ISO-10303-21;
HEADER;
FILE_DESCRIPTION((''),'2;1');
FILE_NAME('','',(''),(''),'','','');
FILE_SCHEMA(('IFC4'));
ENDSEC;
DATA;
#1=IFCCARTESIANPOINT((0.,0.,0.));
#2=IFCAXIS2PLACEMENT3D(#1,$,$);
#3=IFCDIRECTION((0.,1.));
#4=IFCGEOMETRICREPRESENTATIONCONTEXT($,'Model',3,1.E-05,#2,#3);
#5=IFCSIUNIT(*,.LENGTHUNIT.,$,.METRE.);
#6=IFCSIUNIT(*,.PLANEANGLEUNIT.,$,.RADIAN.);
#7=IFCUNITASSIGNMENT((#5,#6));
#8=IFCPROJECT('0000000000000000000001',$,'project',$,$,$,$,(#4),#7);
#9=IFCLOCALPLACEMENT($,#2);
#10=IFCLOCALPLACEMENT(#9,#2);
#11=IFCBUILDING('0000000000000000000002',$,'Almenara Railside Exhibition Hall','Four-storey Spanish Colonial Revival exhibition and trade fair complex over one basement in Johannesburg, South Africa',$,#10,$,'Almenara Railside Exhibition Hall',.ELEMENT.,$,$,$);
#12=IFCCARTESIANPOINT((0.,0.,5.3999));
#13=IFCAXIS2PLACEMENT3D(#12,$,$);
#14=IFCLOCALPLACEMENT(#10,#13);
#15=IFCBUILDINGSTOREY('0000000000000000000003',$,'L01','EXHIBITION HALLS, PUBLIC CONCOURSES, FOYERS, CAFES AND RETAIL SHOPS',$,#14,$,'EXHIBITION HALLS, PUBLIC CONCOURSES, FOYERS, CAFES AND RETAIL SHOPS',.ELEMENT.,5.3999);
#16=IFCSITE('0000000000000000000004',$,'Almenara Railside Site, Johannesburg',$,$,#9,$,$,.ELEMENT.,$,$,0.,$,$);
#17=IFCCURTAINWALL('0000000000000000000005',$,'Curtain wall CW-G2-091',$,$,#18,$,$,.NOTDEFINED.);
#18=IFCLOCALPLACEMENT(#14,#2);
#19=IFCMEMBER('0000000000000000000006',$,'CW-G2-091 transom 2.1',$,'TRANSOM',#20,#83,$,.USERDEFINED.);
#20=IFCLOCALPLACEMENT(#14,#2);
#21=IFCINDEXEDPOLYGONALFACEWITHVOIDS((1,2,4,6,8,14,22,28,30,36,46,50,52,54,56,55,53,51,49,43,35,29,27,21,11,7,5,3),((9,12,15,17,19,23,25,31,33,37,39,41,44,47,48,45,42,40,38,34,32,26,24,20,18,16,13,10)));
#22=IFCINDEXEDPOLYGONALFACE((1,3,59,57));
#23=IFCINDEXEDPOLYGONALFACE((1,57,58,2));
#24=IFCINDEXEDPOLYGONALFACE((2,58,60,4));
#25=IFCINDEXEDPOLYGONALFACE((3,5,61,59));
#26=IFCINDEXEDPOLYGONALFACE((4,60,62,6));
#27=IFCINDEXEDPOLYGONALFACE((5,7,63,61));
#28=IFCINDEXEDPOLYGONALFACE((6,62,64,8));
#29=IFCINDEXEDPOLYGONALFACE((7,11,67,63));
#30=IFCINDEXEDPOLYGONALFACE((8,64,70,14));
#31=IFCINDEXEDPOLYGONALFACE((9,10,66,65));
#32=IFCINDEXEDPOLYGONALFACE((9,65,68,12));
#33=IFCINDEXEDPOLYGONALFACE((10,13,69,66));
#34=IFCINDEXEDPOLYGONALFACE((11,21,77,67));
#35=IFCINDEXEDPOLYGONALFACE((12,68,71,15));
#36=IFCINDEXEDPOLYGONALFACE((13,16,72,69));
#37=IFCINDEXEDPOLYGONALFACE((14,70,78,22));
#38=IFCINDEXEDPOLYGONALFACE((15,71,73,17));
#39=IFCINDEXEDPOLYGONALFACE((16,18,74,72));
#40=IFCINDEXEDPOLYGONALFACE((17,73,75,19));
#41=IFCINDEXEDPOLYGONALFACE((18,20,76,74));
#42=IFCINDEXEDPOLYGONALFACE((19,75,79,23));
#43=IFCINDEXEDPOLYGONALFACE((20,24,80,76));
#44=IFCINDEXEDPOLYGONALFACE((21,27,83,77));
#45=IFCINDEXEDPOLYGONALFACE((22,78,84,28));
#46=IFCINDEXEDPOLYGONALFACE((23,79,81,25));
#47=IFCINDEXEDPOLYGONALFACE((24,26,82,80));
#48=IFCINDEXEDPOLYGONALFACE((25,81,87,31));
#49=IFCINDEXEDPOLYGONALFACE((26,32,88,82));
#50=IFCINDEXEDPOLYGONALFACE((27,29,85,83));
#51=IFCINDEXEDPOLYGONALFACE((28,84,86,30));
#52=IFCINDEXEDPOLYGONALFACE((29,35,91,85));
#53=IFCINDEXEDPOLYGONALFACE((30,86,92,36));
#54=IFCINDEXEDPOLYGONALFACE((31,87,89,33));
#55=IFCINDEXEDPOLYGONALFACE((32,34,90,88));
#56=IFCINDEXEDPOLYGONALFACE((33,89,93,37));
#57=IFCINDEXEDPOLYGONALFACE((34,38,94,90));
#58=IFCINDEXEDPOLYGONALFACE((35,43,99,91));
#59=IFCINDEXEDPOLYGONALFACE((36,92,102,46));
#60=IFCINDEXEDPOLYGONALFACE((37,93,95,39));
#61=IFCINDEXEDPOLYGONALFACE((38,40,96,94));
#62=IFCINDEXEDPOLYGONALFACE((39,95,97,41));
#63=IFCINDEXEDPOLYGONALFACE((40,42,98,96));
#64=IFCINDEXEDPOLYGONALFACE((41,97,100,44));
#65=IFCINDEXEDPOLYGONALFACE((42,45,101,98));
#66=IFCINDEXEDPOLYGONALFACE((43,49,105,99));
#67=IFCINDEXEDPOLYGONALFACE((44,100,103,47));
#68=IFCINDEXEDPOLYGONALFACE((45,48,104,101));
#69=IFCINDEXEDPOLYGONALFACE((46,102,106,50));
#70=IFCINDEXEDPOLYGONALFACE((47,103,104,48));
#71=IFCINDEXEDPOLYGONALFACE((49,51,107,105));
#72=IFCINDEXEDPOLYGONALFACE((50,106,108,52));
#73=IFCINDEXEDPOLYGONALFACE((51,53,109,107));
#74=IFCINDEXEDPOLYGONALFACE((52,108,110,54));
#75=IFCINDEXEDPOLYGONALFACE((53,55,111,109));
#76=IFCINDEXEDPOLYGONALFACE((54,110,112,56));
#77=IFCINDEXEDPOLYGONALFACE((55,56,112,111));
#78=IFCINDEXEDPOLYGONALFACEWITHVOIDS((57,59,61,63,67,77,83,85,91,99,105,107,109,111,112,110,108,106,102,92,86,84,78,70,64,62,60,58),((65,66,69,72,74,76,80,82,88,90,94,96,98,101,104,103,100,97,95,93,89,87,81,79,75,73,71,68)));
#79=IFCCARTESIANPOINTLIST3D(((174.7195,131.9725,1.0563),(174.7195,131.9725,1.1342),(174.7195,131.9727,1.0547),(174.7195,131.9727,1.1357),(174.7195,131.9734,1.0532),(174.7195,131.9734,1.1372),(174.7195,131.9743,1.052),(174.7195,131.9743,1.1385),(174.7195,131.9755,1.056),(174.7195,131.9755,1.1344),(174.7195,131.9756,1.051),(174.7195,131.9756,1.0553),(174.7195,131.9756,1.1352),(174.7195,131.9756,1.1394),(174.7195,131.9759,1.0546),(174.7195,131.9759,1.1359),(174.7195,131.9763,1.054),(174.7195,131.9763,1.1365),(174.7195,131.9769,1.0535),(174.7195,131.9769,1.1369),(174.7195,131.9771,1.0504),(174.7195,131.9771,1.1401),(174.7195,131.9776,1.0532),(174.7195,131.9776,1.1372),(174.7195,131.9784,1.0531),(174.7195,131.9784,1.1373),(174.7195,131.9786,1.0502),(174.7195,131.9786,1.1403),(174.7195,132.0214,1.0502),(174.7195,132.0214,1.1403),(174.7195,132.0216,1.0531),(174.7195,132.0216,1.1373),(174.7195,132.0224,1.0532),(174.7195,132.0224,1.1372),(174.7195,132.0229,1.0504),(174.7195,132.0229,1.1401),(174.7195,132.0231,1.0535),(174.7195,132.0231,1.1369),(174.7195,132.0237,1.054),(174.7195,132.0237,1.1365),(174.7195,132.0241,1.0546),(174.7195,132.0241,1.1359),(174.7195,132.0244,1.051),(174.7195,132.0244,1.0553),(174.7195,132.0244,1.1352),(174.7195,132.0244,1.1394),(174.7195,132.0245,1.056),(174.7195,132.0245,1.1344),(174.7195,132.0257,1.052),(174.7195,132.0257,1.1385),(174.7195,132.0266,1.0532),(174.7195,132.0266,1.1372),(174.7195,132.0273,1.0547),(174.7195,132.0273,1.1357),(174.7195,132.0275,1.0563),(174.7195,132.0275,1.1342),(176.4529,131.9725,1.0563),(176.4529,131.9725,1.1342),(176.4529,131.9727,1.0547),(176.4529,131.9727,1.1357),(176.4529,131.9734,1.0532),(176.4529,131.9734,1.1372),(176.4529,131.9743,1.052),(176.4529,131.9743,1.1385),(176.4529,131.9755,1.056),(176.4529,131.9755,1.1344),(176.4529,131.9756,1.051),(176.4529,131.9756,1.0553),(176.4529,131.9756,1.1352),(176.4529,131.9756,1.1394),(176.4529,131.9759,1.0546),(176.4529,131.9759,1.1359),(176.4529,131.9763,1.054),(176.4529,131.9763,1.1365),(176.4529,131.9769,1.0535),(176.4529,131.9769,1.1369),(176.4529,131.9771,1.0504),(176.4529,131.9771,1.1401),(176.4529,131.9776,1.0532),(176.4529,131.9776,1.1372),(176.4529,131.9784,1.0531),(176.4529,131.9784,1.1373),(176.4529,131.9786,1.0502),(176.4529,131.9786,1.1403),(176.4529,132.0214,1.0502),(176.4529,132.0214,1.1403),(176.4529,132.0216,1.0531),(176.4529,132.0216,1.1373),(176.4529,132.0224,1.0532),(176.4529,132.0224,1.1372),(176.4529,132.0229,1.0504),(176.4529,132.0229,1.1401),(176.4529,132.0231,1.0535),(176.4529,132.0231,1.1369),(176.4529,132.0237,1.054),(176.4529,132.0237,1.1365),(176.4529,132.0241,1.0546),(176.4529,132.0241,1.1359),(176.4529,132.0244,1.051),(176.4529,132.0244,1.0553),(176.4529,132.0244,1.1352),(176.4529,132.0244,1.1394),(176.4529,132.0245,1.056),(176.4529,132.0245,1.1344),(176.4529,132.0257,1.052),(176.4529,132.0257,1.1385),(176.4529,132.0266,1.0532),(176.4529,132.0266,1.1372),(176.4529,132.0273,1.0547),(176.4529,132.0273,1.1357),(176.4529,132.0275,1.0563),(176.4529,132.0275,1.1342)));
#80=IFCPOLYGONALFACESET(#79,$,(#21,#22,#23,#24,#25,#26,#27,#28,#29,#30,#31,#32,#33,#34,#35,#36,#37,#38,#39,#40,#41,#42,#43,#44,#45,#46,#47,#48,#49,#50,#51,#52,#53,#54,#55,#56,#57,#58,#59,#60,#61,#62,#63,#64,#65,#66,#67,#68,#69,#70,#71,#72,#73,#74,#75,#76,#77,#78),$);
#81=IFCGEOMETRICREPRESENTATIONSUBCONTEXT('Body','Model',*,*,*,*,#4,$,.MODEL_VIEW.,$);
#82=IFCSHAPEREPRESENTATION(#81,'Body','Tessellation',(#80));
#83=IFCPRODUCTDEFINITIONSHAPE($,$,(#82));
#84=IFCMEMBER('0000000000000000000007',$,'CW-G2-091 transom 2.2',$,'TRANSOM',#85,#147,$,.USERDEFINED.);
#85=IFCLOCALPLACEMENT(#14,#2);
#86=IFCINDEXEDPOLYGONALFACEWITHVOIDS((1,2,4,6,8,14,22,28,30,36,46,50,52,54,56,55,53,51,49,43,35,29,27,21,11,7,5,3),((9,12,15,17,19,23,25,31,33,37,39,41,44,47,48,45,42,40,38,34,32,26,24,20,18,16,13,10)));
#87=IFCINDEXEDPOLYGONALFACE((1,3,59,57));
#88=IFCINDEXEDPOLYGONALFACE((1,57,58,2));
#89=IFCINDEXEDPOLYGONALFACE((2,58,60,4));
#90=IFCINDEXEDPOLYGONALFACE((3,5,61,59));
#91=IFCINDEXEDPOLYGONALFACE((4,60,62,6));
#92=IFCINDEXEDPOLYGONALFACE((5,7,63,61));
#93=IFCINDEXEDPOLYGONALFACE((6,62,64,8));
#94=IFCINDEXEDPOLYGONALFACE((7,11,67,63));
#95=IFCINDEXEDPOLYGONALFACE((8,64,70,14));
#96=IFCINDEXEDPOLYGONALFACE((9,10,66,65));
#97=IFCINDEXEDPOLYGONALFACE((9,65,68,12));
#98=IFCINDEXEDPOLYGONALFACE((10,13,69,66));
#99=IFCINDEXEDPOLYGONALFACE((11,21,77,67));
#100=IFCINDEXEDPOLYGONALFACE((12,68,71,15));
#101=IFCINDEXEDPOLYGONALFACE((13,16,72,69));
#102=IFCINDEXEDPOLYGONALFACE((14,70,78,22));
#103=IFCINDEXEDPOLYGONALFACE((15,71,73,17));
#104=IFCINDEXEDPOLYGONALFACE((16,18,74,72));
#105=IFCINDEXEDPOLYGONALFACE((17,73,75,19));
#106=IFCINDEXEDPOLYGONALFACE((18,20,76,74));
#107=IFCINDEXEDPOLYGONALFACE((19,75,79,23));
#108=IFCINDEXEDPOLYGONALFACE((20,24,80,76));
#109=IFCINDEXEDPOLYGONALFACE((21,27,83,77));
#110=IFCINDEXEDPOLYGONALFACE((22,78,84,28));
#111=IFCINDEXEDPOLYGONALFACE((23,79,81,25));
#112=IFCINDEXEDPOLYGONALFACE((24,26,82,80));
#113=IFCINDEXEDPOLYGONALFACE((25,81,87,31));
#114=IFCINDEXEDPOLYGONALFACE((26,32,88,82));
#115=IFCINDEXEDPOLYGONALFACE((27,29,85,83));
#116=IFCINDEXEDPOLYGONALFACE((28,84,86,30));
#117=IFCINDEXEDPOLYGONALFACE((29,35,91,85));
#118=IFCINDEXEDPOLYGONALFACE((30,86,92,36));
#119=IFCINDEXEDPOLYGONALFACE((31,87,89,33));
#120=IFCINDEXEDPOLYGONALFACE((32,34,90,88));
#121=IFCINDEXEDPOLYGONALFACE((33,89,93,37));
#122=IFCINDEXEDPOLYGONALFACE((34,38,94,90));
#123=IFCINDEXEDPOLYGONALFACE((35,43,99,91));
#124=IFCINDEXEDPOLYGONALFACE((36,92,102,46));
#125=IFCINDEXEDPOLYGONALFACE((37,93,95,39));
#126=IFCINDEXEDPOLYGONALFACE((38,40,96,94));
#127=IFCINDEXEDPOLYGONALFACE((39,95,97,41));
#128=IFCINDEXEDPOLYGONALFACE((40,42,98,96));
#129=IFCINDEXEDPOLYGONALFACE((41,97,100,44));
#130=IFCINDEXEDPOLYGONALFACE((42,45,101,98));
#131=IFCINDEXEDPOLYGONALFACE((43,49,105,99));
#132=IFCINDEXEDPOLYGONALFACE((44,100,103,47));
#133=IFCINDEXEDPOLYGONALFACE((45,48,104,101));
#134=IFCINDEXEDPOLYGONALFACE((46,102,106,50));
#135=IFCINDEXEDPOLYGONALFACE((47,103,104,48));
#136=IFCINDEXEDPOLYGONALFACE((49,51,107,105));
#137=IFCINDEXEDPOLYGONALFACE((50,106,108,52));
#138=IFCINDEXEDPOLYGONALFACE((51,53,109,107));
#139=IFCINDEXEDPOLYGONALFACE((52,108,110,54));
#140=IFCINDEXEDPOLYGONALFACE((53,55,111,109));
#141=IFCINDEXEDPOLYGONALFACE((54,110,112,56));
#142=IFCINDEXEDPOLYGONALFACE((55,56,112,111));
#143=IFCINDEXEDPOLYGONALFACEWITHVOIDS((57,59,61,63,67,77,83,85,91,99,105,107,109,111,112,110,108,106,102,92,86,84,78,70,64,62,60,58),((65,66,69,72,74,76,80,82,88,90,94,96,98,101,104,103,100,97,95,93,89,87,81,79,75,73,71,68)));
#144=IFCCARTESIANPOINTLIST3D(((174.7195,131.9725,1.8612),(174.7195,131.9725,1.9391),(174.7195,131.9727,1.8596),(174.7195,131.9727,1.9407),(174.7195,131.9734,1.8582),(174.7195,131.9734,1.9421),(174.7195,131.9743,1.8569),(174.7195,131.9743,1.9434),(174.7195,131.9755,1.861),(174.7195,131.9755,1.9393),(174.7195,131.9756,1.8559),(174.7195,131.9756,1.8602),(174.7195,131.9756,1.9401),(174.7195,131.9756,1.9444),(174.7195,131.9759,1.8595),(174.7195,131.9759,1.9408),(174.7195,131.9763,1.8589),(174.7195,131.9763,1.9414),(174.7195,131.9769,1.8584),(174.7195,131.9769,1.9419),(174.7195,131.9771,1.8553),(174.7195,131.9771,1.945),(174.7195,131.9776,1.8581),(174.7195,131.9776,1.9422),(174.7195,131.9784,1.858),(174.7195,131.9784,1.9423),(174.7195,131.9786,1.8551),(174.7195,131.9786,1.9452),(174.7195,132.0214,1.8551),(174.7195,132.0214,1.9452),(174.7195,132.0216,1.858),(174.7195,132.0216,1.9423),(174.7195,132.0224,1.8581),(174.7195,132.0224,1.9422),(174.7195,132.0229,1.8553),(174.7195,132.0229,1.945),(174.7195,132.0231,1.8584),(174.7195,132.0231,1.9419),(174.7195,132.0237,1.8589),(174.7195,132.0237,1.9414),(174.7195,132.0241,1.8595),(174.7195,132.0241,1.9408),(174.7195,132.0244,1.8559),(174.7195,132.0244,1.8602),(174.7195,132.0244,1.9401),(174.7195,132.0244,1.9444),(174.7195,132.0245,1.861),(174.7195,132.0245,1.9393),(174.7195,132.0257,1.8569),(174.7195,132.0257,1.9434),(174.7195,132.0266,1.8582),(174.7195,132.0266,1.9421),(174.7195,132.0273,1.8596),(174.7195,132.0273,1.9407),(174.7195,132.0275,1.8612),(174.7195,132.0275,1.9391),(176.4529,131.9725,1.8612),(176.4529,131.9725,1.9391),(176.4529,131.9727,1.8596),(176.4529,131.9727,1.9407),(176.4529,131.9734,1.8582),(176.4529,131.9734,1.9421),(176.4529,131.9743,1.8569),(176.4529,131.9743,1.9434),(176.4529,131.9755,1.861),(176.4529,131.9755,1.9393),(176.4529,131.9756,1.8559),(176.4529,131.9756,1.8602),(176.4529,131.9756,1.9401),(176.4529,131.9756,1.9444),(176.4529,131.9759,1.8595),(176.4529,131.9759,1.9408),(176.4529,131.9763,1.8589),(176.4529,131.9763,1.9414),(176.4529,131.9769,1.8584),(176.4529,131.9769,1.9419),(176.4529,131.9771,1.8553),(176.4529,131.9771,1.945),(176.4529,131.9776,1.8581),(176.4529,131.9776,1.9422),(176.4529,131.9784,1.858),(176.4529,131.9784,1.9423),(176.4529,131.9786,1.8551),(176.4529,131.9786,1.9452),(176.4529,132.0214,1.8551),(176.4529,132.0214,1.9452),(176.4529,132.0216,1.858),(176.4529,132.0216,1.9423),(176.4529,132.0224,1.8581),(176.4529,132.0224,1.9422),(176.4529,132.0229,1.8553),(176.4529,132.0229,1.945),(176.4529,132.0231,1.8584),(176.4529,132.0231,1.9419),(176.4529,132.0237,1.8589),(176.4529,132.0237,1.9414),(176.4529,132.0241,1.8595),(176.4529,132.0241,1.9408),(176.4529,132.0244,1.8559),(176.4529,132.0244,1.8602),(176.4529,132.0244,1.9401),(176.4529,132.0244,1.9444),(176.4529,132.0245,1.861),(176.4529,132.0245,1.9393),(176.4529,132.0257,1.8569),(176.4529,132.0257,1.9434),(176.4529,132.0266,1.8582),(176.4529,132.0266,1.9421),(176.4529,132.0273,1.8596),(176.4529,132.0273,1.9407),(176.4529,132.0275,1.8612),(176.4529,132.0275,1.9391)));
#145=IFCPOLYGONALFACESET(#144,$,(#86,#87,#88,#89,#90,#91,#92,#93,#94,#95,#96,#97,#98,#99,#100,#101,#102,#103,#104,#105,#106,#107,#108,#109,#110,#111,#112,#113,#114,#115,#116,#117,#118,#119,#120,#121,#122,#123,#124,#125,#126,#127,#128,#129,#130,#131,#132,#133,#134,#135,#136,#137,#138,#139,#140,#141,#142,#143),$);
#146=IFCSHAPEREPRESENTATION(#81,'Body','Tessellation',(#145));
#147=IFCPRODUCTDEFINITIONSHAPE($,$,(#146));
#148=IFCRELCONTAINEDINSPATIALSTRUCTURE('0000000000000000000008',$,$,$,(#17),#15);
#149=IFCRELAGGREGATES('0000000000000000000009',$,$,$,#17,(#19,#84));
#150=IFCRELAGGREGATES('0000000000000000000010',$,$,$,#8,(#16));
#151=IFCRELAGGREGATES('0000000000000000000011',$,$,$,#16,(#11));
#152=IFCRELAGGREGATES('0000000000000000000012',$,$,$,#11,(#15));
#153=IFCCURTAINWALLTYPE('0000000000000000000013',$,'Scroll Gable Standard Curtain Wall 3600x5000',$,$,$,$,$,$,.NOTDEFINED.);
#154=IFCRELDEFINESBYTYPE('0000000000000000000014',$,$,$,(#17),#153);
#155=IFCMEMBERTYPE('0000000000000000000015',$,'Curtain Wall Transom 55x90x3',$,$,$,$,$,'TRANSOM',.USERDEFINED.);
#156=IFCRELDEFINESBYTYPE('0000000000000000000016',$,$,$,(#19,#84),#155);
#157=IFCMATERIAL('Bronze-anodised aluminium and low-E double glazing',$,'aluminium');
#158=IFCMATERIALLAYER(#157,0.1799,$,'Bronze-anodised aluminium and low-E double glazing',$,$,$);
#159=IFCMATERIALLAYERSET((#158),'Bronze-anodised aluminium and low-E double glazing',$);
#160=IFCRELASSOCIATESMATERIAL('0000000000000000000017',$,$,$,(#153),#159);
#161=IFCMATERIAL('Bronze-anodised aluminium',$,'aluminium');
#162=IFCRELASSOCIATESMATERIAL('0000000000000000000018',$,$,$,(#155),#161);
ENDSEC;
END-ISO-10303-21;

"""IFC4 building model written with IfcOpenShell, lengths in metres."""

from ifc_helpers import new_model, si_unit, direction, frame, origin, origin_2d, place, context, subcontext, project, spatial, hollow_rectangle, extrude, material, layer, layer_set, material_profile, profile_set, type_object, element, aggregate, save


model = new_model("IFC4")

# Units and contexts
model_context = context("Model", 3, precision=1e-05, world=origin(), true_north=direction((0.0, 1.0)))
body_context = subcontext(model_context, "Body", "Model", "MODEL_VIEW")
ifc_project = project(units=[si_unit("LENGTHUNIT", "METRE"), si_unit("PLANEANGLEUNIT", "RADIAN")], contexts=[model_context])

# Site, building, storey
site_placement = place(None, origin())
site = spatial("IfcSite", under=ifc_project, at=site_placement, Name="Almenara Railside Site, Johannesburg", CompositionType="ELEMENT", RefElevation=0.0)
building_placement = place(site_placement, origin())
building = spatial("IfcBuilding", under=site, at=building_placement, Name="Almenara Railside Exhibition Hall", Description="Four-storey Spanish Colonial Revival exhibition and trade fair complex over one basement in Johannesburg, South Africa", LongName="Almenara Railside Exhibition Hall", CompositionType="ELEMENT")
storey_placement = place(building_placement, frame((0.0, 0.0, 5.3999)))
storey = spatial("IfcBuildingStorey", under=building, at=storey_placement, Name="L01", Description="EXHIBITION HALLS, PUBLIC CONCOURSES, FOYERS, CAFES AND RETAIL SHOPS", LongName="EXHIBITION HALLS, PUBLIC CONCOURSES, FOYERS, CAFES AND RETAIL SHOPS", CompositionType="ELEMENT", Elevation=5.3999)

# Curtain wall
ifc_material_1 = material(Name="Bronze-anodised aluminium and low-E double glazing", Category="aluminium")
ifc_layer_1 = layer(ifc_material_1, 0.1799, Name="Bronze-anodised aluminium and low-E double glazing")
ifc_layer_set_1 = layer_set([ifc_layer_1], Name="Bronze-anodised aluminium and low-E double glazing")
curtain_wall_type = type_object("IfcCurtainWallType", Name="Scroll Gable Standard Curtain Wall 3600x5000", PredefinedType="NOTDEFINED", material=ifc_layer_set_1)
curtain_wall_1_placement = place(storey_placement, origin())
curtain_wall_1 = element("IfcCurtainWall", 1, at=curtain_wall_1_placement, inside=storey, type_object=curtain_wall_type, Name="Curtain wall CW-G2-091", PredefinedType="NOTDEFINED")
ifc_material_2 = material(Name="Bronze-anodised aluminium", Category="aluminium")

# Members
ifc_material_profile_1 = material_profile(ifc_material_2, hollow_rectangle(XDim=0.0549, YDim=0.0901, WallThickness=0.0029, InnerFilletRadius=0.0029, OuterFilletRadius=0.0061, at=origin_2d()), Name="ALU-TRN 55x90x3")
ifc_profile_set_1 = profile_set([ifc_material_profile_1], Name="Bronze-anodised aluminium")
member_type_1 = type_object("IfcMemberType", Name="Curtain Wall Transom 55x90x3", ElementType="TRANSOM", PredefinedType="USERDEFINED", material=ifc_profile_set_1)
member_1_placement = place(storey_placement, frame((174.7195, 132.0, 1.0952), z_axis=(1.0, 0.0, 0.0), x_axis=(0.0, 1.0, 0.0)))
member_1 = element("IfcMember", 2, at=member_1_placement, type_object=member_type_1, Name="CW-G2-091 transom 2.1", ObjectType="TRANSOM", PredefinedType="USERDEFINED", context=body_context, shape_type="SweptSolid", body=[
    extrude(hollow_rectangle(XDim=0.0549, YDim=0.0901, WallThickness=0.0029, InnerFilletRadius=0.0029, OuterFilletRadius=0.0061, at=origin_2d()), origin(), (0.0, 0.0, 1.0), 1.7334),
])
member_2_placement = place(storey_placement, frame((174.7195, 132.0, 1.9001), z_axis=(1.0, 0.0, 0.0), x_axis=(0.0, 1.0, 0.0)))
member_2 = element("IfcMember", 3, at=member_2_placement, type_object=member_type_1, Name="CW-G2-091 transom 2.2", ObjectType="TRANSOM", PredefinedType="USERDEFINED", context=body_context, shape_type="SweptSolid", body=[
    extrude(hollow_rectangle(XDim=0.0549, YDim=0.0901, WallThickness=0.0029, InnerFilletRadius=0.0029, OuterFilletRadius=0.0061, at=origin_2d()), origin(), (0.0, 0.0, 1.0), 1.7334),
])

aggregate(curtain_wall_1, [member_1, member_2])

save(model, "model.ifc")
